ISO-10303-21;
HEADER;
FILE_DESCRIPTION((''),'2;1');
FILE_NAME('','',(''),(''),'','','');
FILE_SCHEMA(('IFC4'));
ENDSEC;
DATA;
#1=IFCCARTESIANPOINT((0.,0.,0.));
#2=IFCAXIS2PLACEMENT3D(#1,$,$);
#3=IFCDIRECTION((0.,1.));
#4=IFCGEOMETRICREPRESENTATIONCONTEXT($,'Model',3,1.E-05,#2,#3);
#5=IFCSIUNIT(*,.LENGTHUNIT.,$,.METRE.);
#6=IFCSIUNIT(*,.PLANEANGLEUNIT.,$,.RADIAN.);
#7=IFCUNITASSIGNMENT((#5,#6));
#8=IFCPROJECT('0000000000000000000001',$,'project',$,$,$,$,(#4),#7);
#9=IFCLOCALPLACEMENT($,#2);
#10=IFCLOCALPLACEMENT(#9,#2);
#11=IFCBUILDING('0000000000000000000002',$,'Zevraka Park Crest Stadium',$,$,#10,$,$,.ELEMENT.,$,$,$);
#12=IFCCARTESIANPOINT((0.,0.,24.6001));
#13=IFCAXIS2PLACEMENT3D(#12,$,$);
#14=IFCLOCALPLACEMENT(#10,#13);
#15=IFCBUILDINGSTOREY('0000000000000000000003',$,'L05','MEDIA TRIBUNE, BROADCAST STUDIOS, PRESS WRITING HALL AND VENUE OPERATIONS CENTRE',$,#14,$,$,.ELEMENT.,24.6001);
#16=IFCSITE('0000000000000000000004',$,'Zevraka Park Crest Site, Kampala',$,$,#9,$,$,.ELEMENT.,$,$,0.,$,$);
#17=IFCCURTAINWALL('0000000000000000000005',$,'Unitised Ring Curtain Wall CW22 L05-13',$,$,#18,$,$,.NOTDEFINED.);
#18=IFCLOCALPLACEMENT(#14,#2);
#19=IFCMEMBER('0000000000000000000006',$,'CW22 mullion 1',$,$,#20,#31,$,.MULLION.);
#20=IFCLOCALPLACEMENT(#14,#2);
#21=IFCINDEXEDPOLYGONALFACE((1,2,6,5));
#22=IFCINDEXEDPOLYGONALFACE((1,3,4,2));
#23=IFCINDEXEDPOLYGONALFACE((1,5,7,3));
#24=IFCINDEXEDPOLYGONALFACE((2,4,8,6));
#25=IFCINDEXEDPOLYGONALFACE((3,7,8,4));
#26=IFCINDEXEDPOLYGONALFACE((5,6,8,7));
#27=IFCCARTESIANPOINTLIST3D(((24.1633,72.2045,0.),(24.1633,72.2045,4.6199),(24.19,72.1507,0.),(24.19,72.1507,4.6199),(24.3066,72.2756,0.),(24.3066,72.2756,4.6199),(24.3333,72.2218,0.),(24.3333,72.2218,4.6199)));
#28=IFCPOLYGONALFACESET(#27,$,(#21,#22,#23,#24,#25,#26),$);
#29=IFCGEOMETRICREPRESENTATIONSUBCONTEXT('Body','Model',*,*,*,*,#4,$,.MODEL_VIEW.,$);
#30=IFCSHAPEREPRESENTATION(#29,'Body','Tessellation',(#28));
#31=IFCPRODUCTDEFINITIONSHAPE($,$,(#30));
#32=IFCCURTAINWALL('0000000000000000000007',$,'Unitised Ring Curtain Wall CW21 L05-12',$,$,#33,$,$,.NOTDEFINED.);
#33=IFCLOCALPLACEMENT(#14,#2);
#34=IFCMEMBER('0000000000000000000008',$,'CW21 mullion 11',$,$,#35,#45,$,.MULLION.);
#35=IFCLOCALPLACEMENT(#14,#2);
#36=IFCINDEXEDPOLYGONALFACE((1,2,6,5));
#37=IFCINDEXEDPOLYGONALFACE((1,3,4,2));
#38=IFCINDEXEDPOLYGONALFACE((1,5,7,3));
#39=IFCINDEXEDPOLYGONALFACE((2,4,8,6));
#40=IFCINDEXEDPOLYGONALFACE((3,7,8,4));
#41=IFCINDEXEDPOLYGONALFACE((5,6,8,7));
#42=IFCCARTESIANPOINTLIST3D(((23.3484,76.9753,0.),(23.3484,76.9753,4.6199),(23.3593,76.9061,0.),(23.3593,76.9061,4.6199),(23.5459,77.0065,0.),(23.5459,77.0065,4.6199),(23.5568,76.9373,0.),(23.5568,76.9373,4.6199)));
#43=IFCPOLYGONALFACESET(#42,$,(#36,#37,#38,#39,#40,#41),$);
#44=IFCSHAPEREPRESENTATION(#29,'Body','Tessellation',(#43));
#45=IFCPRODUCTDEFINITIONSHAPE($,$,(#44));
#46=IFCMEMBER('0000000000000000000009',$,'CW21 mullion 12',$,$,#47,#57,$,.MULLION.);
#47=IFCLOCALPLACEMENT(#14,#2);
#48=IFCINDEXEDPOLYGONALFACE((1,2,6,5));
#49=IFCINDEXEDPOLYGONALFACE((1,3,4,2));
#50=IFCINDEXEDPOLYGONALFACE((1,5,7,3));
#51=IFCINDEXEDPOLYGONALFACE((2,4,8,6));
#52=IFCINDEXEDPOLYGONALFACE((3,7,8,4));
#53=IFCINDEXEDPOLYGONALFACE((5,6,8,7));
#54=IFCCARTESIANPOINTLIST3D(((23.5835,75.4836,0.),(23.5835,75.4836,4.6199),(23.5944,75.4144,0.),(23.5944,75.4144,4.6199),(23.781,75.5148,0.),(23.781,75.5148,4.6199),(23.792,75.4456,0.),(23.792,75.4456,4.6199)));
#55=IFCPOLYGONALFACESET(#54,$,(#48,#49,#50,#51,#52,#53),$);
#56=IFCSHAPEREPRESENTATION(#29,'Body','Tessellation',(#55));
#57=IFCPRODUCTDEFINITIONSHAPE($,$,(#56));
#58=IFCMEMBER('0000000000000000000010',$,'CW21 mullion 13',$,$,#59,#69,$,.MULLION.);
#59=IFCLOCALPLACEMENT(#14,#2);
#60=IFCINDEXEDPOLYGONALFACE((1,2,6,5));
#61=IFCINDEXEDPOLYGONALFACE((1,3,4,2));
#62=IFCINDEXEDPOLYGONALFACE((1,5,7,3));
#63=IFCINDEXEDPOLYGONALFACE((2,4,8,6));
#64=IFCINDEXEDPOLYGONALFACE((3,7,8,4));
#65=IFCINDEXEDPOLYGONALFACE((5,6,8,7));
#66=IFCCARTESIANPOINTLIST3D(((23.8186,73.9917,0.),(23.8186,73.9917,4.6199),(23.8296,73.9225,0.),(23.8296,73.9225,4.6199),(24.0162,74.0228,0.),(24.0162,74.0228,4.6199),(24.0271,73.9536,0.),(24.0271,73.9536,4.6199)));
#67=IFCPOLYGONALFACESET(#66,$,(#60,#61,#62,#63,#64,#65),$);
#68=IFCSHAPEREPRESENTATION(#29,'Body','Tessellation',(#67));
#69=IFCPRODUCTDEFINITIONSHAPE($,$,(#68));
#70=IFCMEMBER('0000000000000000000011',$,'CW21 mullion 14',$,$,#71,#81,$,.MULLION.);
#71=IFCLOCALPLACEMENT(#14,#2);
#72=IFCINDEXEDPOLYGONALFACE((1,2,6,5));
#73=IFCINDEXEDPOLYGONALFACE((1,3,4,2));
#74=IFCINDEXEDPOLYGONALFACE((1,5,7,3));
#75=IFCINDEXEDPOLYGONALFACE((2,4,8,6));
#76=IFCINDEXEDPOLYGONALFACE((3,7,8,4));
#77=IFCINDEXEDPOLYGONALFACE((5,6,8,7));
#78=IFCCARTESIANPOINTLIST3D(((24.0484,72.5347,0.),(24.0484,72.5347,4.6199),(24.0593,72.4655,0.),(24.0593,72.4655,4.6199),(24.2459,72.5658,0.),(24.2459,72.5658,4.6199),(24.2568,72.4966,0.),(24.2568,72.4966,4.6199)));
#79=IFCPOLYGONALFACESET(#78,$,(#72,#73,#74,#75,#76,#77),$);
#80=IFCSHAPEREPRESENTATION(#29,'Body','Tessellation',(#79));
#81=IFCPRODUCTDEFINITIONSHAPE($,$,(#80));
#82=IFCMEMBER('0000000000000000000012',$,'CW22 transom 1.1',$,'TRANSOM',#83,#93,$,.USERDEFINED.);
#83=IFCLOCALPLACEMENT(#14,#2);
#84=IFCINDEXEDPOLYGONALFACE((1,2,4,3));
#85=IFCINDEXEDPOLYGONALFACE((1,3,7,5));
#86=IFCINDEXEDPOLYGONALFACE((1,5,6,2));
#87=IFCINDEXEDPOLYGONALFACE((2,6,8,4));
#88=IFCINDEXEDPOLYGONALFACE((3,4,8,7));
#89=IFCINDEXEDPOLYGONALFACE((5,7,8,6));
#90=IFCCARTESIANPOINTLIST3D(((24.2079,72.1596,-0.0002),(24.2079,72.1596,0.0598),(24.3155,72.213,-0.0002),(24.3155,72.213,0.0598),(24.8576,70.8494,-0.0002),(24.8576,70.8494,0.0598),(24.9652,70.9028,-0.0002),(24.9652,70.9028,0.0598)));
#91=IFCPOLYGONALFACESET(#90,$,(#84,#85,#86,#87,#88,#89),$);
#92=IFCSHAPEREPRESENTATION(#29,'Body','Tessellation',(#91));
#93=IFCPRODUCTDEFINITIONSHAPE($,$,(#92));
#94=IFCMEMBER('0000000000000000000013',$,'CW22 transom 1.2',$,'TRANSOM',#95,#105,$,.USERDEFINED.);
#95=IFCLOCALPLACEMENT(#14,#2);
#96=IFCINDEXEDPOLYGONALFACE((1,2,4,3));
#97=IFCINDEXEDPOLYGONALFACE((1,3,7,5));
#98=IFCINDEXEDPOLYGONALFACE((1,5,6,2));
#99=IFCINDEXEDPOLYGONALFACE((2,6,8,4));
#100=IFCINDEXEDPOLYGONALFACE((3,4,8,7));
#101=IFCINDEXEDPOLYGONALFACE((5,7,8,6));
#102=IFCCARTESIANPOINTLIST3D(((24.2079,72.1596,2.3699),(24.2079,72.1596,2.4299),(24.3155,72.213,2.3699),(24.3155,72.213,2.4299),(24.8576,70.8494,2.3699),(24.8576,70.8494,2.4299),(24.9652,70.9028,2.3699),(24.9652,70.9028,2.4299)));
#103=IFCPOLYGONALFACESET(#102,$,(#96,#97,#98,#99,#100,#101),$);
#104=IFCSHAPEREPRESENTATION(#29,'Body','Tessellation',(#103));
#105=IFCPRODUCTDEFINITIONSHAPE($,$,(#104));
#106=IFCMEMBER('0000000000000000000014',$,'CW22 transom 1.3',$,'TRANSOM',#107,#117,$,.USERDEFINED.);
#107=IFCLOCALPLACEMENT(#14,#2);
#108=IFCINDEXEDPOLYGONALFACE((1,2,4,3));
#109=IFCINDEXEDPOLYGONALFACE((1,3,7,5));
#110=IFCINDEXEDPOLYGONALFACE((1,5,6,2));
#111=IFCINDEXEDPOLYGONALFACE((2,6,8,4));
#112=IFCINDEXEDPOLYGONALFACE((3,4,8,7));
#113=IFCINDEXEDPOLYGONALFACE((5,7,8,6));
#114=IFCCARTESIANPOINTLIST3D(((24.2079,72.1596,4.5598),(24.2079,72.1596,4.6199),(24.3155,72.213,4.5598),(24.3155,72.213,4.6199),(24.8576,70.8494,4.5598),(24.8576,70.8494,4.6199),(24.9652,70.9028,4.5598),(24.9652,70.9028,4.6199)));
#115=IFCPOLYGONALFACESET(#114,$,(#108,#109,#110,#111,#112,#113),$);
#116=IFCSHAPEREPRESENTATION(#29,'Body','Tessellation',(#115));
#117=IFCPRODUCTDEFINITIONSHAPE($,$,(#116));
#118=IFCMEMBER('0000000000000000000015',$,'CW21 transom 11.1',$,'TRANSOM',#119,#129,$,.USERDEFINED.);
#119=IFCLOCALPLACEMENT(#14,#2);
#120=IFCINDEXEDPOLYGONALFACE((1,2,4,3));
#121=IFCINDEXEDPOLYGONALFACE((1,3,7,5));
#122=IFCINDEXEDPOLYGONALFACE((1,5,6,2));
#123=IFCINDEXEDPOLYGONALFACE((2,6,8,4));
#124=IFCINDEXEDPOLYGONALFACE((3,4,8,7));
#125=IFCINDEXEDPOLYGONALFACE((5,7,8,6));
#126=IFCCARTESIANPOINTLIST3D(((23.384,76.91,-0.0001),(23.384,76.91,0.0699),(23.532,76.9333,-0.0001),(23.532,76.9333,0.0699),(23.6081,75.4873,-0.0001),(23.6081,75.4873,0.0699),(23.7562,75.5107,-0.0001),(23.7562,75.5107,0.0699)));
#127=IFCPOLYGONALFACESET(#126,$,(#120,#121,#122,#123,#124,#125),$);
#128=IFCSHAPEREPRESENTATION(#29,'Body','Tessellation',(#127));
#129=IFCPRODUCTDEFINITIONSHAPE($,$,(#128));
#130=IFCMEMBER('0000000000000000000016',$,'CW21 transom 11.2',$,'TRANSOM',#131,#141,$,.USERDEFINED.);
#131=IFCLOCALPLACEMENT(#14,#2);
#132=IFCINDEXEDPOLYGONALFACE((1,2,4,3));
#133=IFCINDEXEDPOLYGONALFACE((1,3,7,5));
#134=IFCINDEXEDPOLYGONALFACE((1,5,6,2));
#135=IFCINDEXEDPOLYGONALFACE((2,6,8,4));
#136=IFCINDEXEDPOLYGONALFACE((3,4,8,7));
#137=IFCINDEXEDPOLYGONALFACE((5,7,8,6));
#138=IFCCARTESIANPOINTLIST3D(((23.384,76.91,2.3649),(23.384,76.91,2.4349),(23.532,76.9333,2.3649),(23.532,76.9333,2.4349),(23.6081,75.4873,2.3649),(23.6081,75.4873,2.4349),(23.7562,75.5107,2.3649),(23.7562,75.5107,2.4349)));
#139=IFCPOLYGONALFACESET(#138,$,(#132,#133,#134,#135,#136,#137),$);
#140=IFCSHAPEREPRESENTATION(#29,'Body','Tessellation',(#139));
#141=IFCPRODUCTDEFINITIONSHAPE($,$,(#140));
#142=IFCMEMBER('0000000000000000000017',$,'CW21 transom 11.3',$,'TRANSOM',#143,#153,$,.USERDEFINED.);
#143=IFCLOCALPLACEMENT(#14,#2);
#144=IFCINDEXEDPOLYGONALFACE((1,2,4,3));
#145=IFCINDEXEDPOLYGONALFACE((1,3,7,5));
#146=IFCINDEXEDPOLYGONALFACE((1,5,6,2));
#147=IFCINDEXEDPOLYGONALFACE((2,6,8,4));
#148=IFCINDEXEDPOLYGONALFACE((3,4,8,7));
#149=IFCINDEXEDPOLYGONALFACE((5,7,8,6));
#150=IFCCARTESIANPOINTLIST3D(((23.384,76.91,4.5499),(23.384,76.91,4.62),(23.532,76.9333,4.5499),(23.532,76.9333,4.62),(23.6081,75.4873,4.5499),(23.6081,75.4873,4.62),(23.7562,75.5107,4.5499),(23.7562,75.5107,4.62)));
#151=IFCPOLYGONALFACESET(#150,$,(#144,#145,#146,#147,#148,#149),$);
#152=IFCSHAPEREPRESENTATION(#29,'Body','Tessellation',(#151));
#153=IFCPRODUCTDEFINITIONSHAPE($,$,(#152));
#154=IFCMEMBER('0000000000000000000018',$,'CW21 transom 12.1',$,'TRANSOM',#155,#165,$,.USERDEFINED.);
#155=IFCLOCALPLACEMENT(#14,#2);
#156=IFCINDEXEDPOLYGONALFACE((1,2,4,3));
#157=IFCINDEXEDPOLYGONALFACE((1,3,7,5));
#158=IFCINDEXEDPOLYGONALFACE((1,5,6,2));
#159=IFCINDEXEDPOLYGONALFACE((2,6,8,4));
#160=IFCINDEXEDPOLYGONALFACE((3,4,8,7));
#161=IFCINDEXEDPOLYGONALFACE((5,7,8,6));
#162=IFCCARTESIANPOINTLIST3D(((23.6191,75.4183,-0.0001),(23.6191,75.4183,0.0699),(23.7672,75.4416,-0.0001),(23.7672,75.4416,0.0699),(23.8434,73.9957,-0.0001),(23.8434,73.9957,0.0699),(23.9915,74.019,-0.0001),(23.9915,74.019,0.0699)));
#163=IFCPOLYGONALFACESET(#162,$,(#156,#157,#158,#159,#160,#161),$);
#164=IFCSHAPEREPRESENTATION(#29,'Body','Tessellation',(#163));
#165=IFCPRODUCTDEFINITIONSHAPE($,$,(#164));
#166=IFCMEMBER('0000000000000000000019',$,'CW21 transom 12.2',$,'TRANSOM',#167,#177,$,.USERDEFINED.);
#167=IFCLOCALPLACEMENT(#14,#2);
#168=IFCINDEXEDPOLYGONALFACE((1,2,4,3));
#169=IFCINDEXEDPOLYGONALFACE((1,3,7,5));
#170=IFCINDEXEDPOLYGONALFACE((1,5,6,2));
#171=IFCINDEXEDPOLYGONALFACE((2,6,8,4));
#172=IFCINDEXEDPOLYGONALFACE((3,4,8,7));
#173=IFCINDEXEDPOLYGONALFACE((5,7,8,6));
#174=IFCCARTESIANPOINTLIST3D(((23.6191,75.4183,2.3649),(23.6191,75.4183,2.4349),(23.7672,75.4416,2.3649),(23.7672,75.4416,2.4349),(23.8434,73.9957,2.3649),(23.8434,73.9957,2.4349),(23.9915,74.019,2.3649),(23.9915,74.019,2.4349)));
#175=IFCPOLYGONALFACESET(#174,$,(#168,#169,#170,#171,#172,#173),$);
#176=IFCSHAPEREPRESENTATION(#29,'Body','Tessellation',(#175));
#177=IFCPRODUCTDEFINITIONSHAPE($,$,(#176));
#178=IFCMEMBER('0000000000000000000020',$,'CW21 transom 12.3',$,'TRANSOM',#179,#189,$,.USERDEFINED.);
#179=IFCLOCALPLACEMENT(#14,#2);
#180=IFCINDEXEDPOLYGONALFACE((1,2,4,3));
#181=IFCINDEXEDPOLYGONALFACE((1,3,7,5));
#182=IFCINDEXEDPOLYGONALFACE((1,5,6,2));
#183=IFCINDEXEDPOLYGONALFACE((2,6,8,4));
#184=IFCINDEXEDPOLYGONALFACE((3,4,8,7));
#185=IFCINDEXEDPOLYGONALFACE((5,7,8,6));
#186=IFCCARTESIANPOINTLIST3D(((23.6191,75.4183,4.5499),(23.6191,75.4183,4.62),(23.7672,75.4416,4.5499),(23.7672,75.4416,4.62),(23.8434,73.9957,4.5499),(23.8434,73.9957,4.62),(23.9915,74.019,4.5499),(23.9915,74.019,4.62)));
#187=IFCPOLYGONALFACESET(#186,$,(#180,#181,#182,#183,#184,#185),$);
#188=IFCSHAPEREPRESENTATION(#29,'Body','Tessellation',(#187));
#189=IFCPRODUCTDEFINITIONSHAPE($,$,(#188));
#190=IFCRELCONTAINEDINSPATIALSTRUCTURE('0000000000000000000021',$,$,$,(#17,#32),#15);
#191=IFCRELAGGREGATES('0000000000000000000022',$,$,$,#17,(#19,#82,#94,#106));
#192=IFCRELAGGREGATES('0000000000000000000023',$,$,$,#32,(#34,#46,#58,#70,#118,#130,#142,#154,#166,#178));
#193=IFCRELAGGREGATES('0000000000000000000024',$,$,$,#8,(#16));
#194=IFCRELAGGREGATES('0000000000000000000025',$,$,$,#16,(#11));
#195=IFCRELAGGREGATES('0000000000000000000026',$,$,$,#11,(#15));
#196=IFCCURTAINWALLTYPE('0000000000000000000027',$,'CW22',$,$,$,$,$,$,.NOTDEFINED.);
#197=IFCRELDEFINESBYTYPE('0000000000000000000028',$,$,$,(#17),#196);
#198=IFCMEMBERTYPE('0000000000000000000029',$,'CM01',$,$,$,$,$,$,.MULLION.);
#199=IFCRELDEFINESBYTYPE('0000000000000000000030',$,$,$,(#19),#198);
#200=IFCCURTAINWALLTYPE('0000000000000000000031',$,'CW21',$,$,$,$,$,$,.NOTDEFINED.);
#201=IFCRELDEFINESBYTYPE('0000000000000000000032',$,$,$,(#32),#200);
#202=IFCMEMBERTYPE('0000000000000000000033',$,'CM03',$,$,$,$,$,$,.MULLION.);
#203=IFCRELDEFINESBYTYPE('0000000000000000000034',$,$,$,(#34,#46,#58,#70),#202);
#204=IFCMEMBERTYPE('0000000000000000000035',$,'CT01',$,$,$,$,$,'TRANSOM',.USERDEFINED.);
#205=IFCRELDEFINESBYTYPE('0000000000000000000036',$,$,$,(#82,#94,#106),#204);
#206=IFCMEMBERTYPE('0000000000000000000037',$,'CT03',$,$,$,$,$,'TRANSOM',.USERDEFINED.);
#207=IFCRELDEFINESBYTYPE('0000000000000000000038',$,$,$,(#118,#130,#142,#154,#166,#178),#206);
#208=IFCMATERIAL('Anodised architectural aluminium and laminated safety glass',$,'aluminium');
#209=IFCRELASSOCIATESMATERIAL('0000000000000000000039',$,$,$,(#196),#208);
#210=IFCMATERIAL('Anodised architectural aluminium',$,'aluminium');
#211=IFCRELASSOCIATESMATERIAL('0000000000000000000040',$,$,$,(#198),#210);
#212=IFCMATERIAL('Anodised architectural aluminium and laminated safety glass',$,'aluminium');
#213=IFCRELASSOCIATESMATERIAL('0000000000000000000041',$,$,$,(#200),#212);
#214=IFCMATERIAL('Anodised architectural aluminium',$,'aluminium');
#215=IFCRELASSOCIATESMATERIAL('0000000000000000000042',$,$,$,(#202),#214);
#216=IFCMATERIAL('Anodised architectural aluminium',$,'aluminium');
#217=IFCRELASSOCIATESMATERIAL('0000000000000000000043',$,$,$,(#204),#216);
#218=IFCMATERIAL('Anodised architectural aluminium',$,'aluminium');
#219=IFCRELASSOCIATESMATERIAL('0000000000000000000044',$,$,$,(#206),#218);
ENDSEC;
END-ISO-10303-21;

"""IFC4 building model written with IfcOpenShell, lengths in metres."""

from ifc_helpers import new_model, si_unit, direction, frame, origin, origin_2d, place, context, subcontext, project, spatial, rectangle, extrude, material, material_profile, profile_set, type_object, element, aggregate, save


model = new_model("IFC4")

# Units and contexts
model_context = context("Model", 3, precision=1e-05, world=origin(), true_north=direction((0.0, 1.0)))
body_context = subcontext(model_context, "Body", "Model", "MODEL_VIEW")
ifc_project = project(units=[si_unit("LENGTHUNIT", "METRE"), si_unit("PLANEANGLEUNIT", "RADIAN")], contexts=[model_context])

# Site, building, storey
site_placement = place(None, origin())
site = spatial("IfcSite", under=ifc_project, at=site_placement, Name="Zevraka Park Crest Site, Kampala", CompositionType="ELEMENT", RefElevation=0.0)
building_placement = place(site_placement, origin())
building = spatial("IfcBuilding", under=site, at=building_placement, Name="Zevraka Park Crest Stadium", CompositionType="ELEMENT")
storey_placement = place(building_placement, frame((0.0, 0.0, 24.6001)))
storey = spatial("IfcBuildingStorey", under=building, at=storey_placement, Name="L05", Description="MEDIA TRIBUNE, BROADCAST STUDIOS, PRESS WRITING HALL AND VENUE OPERATIONS CENTRE", CompositionType="ELEMENT", Elevation=24.6001)

# Curtain wall, member
ifc_material_1 = material(Name="Anodised architectural aluminium and laminated safety glass", Category="aluminium")
curtain_wall_type_1 = type_object("IfcCurtainWallType", Name="CW22", PredefinedType="NOTDEFINED", material=ifc_material_1)
curtain_wall_1_placement = place(storey_placement, origin())
curtain_wall_1 = element("IfcCurtainWall", 1, at=curtain_wall_1_placement, inside=storey, type_object=curtain_wall_type_1, Name="Unitised Ring Curtain Wall CW22 L05-13", PredefinedType="NOTDEFINED")
ifc_material_2 = material(Name="Anodised architectural aluminium", Category="aluminium")
ifc_material_profile_1 = material_profile(ifc_material_2, rectangle(XDim=0.1599, YDim=0.0601, at=origin_2d()), Name="ALU MULLION 160x60")
ifc_profile_set_1 = profile_set([ifc_material_profile_1], Name="Anodised architectural aluminium")
member_type_1 = type_object("IfcMemberType", Name="CM01", PredefinedType="MULLION", material=ifc_profile_set_1)
member_1_placement = place(storey_placement, frame((24.2483, 72.2131, 0.0), z_axis=(0.0, 0.0, 1.0), x_axis=(0.895879, 0.444297, 0.0)))
member_1 = element("IfcMember", 2, at=member_1_placement, type_object=member_type_1, Name="CW22 mullion 1", PredefinedType="MULLION", context=body_context, shape_type="SweptSolid", body=[
    extrude(rectangle(XDim=0.1599, YDim=0.0601, at=origin_2d()), origin(), (0.0, 0.0, 1.0), 4.6199),
])

# Curtain wall, members
ifc_material_3 = material(Name="Anodised architectural aluminium and laminated safety glass", Category="aluminium")
curtain_wall_type_2 = type_object("IfcCurtainWallType", Name="CW21", PredefinedType="NOTDEFINED", material=ifc_material_3)
curtain_wall_2_placement = place(storey_placement, origin())
curtain_wall_2 = element("IfcCurtainWall", 3, at=curtain_wall_2_placement, inside=storey, type_object=curtain_wall_type_2, Name="Unitised Ring Curtain Wall CW21 L05-12", PredefinedType="NOTDEFINED")
ifc_material_4 = material(Name="Anodised architectural aluminium", Category="aluminium")
ifc_material_profile_2 = material_profile(ifc_material_4, rectangle(XDim=0.2, YDim=0.0701, at=origin_2d()), Name="ALU MULLION 200x70")
ifc_profile_set_2 = profile_set([ifc_material_profile_2], Name="Anodised architectural aluminium")
member_type_2 = type_object("IfcMemberType", Name="CM03", PredefinedType="MULLION", material=ifc_profile_set_2)
member_2_placement = place(storey_placement, frame((23.4526, 76.9563, 0.0), z_axis=(0.0, 0.0, 1.0), x_axis=(0.987803, 0.155711, 0.0)))
member_2 = element("IfcMember", 4, at=member_2_placement, type_object=member_type_2, Name="CW21 mullion 11", PredefinedType="MULLION", context=body_context, shape_type="SweptSolid", body=[
    extrude(rectangle(XDim=0.2, YDim=0.0701, at=origin_2d()), origin(), (0.0, 0.0, 1.0), 4.6199),
])
member_3_placement = place(storey_placement, frame((23.6877, 75.4646, 0.0), z_axis=(0.0, 0.0, 1.0), x_axis=(0.987803, 0.155711, 0.0)))
member_3 = element("IfcMember", 5, at=member_3_placement, type_object=member_type_2, Name="CW21 mullion 12", PredefinedType="MULLION", context=body_context, shape_type="SweptSolid", body=[
    extrude(rectangle(XDim=0.2, YDim=0.0701, at=origin_2d()), origin(), (0.0, 0.0, 1.0), 4.6199),
])
member_4_placement = place(storey_placement, frame((23.9229, 73.9727, 0.0), z_axis=(0.0, 0.0, 1.0), x_axis=(0.987803, 0.155711, 0.0)))
member_4 = element("IfcMember", 6, at=member_4_placement, type_object=member_type_2, Name="CW21 mullion 13", PredefinedType="MULLION", context=body_context, shape_type="SweptSolid", body=[
    extrude(rectangle(XDim=0.2, YDim=0.0701, at=origin_2d()), origin(), (0.0, 0.0, 1.0), 4.6199),
])
member_5_placement = place(storey_placement, frame((24.1526, 72.5156, 0.0), z_axis=(0.0, 0.0, 1.0), x_axis=(0.987803, 0.155711, 0.0)))
member_5 = element("IfcMember", 7, at=member_5_placement, type_object=member_type_2, Name="CW21 mullion 14", PredefinedType="MULLION", context=body_context, shape_type="SweptSolid", body=[
    extrude(rectangle(XDim=0.2, YDim=0.0701, at=origin_2d()), origin(), (0.0, 0.0, 1.0), 4.6199),
])

# Members
ifc_material_5 = material(Name="Anodised architectural aluminium", Category="aluminium")
ifc_material_profile_3 = material_profile(ifc_material_5, rectangle(XDim=0.1201, YDim=0.0601, at=origin_2d()), Name="ALU TRANSOM 120x60")
ifc_profile_set_3 = profile_set([ifc_material_profile_3], Name="Anodised architectural aluminium")
member_type_3 = type_object("IfcMemberType", Name="CT01", ElementType="TRANSOM", PredefinedType="USERDEFINED", material=ifc_profile_set_3)
member_6_placement = place(storey_placement, frame((24.2617, 72.1863, 0.0298), z_axis=(0.444273, -0.895892, 0.0), x_axis=(0.895892, 0.444273, 0.0)))
member_6 = element("IfcMember", 8, at=member_6_placement, type_object=member_type_3, Name="CW22 transom 1.1", ObjectType="TRANSOM", PredefinedType="USERDEFINED", context=body_context, shape_type="SweptSolid", body=[
    extrude(rectangle(XDim=0.1201, YDim=0.0601, at=origin_2d()), origin(), (0.0, 0.0, 1.0), 1.4624),
])
member_7_placement = place(storey_placement, frame((24.2617, 72.1863, 2.3999), z_axis=(0.444273, -0.895892, 0.0), x_axis=(0.895892, 0.444273, 0.0)))
member_7 = element("IfcMember", 9, at=member_7_placement, type_object=member_type_3, Name="CW22 transom 1.2", ObjectType="TRANSOM", PredefinedType="USERDEFINED", context=body_context, shape_type="SweptSolid", body=[
    extrude(rectangle(XDim=0.1201, YDim=0.0601, at=origin_2d()), origin(), (0.0, 0.0, 1.0), 1.4624),
])
member_8_placement = place(storey_placement, frame((24.2617, 72.1863, 4.5898), z_axis=(0.444273, -0.895892, 0.0), x_axis=(0.895892, 0.444273, 0.0)))
member_8 = element("IfcMember", 10, at=member_8_placement, type_object=member_type_3, Name="CW22 transom 1.3", ObjectType="TRANSOM", PredefinedType="USERDEFINED", context=body_context, shape_type="SweptSolid", body=[
    extrude(rectangle(XDim=0.1201, YDim=0.0601, at=origin_2d()), origin(), (0.0, 0.0, 1.0), 1.4624),
])
aggregate(curtain_wall_1, [member_1, member_6, member_7, member_8])
ifc_material_6 = material(Name="Anodised architectural aluminium", Category="aluminium")
ifc_material_profile_4 = material_profile(ifc_material_6, rectangle(XDim=0.1499, YDim=0.0701, at=origin_2d()), Name="ALU TRANSOM 150x70")
ifc_profile_set_4 = profile_set([ifc_material_profile_4], Name="Anodised architectural aluminium")
member_type_4 = type_object("IfcMemberType", Name="CT03", ElementType="TRANSOM", PredefinedType="USERDEFINED", material=ifc_profile_set_4)
member_9_placement = place(storey_placement, frame((23.458, 76.9216, 0.0349), z_axis=(0.155623, -0.987817, 0.0), x_axis=(0.987817, 0.155623, 0.0)))
member_9 = element("IfcMember", 11, at=member_9_placement, type_object=member_type_4, Name="CW21 transom 11.1", ObjectType="TRANSOM", PredefinedType="USERDEFINED", context=body_context, shape_type="SweptSolid", body=[
    extrude(rectangle(XDim=0.1499, YDim=0.0701, at=origin_2d()), origin(), (0.0, 0.0, 1.0), 1.4402),
])
member_10_placement = place(storey_placement, frame((23.458, 76.9216, 2.3999), z_axis=(0.155623, -0.987817, 0.0), x_axis=(0.987817, 0.155623, 0.0)))
member_10 = element("IfcMember", 12, at=member_10_placement, type_object=member_type_4, Name="CW21 transom 11.2", ObjectType="TRANSOM", PredefinedType="USERDEFINED", context=body_context, shape_type="SweptSolid", body=[
    extrude(rectangle(XDim=0.1499, YDim=0.0701, at=origin_2d()), origin(), (0.0, 0.0, 1.0), 1.4402),
])
member_11_placement = place(storey_placement, frame((23.458, 76.9216, 4.585), z_axis=(0.155623, -0.987817, 0.0), x_axis=(0.987817, 0.155623, 0.0)))
member_11 = element("IfcMember", 13, at=member_11_placement, type_object=member_type_4, Name="CW21 transom 11.3", ObjectType="TRANSOM", PredefinedType="USERDEFINED", context=body_context, shape_type="SweptSolid", body=[
    extrude(rectangle(XDim=0.1499, YDim=0.0701, at=origin_2d()), origin(), (0.0, 0.0, 1.0), 1.4402),
])
member_12_placement = place(storey_placement, frame((23.6931, 75.4299, 0.0349), z_axis=(0.155788, -0.98779, 0.0), x_axis=(0.98779, 0.155788, 0.0)))
member_12 = element("IfcMember", 14, at=member_12_placement, type_object=member_type_4, Name="CW21 transom 12.1", ObjectType="TRANSOM", PredefinedType="USERDEFINED", context=body_context, shape_type="SweptSolid", body=[
    extrude(rectangle(XDim=0.1499, YDim=0.0701, at=origin_2d()), origin(), (0.0, 0.0, 1.0), 1.4402),
])
member_13_placement = place(storey_placement, frame((23.6931, 75.4299, 2.3999), z_axis=(0.155788, -0.98779, 0.0), x_axis=(0.98779, 0.155788, 0.0)))
member_13 = element("IfcMember", 15, at=member_13_placement, type_object=member_type_4, Name="CW21 transom 12.2", ObjectType="TRANSOM", PredefinedType="USERDEFINED", context=body_context, shape_type="SweptSolid", body=[
    extrude(rectangle(XDim=0.1499, YDim=0.0701, at=origin_2d()), origin(), (0.0, 0.0, 1.0), 1.4402),
])
member_14_placement = place(storey_placement, frame((23.6931, 75.4299, 4.585), z_axis=(0.155788, -0.98779, 0.0), x_axis=(0.98779, 0.155788, 0.0)))
member_14 = element("IfcMember", 16, at=member_14_placement, type_object=member_type_4, Name="CW21 transom 12.3", ObjectType="TRANSOM", PredefinedType="USERDEFINED", context=body_context, shape_type="SweptSolid", body=[
    extrude(rectangle(XDim=0.1499, YDim=0.0701, at=origin_2d()), origin(), (0.0, 0.0, 1.0), 1.4402),
])

aggregate(curtain_wall_2, [member_2, member_3, member_4, member_5, member_9, member_10, member_11, member_12, member_13, member_14])

save(model, "model.ifc")
